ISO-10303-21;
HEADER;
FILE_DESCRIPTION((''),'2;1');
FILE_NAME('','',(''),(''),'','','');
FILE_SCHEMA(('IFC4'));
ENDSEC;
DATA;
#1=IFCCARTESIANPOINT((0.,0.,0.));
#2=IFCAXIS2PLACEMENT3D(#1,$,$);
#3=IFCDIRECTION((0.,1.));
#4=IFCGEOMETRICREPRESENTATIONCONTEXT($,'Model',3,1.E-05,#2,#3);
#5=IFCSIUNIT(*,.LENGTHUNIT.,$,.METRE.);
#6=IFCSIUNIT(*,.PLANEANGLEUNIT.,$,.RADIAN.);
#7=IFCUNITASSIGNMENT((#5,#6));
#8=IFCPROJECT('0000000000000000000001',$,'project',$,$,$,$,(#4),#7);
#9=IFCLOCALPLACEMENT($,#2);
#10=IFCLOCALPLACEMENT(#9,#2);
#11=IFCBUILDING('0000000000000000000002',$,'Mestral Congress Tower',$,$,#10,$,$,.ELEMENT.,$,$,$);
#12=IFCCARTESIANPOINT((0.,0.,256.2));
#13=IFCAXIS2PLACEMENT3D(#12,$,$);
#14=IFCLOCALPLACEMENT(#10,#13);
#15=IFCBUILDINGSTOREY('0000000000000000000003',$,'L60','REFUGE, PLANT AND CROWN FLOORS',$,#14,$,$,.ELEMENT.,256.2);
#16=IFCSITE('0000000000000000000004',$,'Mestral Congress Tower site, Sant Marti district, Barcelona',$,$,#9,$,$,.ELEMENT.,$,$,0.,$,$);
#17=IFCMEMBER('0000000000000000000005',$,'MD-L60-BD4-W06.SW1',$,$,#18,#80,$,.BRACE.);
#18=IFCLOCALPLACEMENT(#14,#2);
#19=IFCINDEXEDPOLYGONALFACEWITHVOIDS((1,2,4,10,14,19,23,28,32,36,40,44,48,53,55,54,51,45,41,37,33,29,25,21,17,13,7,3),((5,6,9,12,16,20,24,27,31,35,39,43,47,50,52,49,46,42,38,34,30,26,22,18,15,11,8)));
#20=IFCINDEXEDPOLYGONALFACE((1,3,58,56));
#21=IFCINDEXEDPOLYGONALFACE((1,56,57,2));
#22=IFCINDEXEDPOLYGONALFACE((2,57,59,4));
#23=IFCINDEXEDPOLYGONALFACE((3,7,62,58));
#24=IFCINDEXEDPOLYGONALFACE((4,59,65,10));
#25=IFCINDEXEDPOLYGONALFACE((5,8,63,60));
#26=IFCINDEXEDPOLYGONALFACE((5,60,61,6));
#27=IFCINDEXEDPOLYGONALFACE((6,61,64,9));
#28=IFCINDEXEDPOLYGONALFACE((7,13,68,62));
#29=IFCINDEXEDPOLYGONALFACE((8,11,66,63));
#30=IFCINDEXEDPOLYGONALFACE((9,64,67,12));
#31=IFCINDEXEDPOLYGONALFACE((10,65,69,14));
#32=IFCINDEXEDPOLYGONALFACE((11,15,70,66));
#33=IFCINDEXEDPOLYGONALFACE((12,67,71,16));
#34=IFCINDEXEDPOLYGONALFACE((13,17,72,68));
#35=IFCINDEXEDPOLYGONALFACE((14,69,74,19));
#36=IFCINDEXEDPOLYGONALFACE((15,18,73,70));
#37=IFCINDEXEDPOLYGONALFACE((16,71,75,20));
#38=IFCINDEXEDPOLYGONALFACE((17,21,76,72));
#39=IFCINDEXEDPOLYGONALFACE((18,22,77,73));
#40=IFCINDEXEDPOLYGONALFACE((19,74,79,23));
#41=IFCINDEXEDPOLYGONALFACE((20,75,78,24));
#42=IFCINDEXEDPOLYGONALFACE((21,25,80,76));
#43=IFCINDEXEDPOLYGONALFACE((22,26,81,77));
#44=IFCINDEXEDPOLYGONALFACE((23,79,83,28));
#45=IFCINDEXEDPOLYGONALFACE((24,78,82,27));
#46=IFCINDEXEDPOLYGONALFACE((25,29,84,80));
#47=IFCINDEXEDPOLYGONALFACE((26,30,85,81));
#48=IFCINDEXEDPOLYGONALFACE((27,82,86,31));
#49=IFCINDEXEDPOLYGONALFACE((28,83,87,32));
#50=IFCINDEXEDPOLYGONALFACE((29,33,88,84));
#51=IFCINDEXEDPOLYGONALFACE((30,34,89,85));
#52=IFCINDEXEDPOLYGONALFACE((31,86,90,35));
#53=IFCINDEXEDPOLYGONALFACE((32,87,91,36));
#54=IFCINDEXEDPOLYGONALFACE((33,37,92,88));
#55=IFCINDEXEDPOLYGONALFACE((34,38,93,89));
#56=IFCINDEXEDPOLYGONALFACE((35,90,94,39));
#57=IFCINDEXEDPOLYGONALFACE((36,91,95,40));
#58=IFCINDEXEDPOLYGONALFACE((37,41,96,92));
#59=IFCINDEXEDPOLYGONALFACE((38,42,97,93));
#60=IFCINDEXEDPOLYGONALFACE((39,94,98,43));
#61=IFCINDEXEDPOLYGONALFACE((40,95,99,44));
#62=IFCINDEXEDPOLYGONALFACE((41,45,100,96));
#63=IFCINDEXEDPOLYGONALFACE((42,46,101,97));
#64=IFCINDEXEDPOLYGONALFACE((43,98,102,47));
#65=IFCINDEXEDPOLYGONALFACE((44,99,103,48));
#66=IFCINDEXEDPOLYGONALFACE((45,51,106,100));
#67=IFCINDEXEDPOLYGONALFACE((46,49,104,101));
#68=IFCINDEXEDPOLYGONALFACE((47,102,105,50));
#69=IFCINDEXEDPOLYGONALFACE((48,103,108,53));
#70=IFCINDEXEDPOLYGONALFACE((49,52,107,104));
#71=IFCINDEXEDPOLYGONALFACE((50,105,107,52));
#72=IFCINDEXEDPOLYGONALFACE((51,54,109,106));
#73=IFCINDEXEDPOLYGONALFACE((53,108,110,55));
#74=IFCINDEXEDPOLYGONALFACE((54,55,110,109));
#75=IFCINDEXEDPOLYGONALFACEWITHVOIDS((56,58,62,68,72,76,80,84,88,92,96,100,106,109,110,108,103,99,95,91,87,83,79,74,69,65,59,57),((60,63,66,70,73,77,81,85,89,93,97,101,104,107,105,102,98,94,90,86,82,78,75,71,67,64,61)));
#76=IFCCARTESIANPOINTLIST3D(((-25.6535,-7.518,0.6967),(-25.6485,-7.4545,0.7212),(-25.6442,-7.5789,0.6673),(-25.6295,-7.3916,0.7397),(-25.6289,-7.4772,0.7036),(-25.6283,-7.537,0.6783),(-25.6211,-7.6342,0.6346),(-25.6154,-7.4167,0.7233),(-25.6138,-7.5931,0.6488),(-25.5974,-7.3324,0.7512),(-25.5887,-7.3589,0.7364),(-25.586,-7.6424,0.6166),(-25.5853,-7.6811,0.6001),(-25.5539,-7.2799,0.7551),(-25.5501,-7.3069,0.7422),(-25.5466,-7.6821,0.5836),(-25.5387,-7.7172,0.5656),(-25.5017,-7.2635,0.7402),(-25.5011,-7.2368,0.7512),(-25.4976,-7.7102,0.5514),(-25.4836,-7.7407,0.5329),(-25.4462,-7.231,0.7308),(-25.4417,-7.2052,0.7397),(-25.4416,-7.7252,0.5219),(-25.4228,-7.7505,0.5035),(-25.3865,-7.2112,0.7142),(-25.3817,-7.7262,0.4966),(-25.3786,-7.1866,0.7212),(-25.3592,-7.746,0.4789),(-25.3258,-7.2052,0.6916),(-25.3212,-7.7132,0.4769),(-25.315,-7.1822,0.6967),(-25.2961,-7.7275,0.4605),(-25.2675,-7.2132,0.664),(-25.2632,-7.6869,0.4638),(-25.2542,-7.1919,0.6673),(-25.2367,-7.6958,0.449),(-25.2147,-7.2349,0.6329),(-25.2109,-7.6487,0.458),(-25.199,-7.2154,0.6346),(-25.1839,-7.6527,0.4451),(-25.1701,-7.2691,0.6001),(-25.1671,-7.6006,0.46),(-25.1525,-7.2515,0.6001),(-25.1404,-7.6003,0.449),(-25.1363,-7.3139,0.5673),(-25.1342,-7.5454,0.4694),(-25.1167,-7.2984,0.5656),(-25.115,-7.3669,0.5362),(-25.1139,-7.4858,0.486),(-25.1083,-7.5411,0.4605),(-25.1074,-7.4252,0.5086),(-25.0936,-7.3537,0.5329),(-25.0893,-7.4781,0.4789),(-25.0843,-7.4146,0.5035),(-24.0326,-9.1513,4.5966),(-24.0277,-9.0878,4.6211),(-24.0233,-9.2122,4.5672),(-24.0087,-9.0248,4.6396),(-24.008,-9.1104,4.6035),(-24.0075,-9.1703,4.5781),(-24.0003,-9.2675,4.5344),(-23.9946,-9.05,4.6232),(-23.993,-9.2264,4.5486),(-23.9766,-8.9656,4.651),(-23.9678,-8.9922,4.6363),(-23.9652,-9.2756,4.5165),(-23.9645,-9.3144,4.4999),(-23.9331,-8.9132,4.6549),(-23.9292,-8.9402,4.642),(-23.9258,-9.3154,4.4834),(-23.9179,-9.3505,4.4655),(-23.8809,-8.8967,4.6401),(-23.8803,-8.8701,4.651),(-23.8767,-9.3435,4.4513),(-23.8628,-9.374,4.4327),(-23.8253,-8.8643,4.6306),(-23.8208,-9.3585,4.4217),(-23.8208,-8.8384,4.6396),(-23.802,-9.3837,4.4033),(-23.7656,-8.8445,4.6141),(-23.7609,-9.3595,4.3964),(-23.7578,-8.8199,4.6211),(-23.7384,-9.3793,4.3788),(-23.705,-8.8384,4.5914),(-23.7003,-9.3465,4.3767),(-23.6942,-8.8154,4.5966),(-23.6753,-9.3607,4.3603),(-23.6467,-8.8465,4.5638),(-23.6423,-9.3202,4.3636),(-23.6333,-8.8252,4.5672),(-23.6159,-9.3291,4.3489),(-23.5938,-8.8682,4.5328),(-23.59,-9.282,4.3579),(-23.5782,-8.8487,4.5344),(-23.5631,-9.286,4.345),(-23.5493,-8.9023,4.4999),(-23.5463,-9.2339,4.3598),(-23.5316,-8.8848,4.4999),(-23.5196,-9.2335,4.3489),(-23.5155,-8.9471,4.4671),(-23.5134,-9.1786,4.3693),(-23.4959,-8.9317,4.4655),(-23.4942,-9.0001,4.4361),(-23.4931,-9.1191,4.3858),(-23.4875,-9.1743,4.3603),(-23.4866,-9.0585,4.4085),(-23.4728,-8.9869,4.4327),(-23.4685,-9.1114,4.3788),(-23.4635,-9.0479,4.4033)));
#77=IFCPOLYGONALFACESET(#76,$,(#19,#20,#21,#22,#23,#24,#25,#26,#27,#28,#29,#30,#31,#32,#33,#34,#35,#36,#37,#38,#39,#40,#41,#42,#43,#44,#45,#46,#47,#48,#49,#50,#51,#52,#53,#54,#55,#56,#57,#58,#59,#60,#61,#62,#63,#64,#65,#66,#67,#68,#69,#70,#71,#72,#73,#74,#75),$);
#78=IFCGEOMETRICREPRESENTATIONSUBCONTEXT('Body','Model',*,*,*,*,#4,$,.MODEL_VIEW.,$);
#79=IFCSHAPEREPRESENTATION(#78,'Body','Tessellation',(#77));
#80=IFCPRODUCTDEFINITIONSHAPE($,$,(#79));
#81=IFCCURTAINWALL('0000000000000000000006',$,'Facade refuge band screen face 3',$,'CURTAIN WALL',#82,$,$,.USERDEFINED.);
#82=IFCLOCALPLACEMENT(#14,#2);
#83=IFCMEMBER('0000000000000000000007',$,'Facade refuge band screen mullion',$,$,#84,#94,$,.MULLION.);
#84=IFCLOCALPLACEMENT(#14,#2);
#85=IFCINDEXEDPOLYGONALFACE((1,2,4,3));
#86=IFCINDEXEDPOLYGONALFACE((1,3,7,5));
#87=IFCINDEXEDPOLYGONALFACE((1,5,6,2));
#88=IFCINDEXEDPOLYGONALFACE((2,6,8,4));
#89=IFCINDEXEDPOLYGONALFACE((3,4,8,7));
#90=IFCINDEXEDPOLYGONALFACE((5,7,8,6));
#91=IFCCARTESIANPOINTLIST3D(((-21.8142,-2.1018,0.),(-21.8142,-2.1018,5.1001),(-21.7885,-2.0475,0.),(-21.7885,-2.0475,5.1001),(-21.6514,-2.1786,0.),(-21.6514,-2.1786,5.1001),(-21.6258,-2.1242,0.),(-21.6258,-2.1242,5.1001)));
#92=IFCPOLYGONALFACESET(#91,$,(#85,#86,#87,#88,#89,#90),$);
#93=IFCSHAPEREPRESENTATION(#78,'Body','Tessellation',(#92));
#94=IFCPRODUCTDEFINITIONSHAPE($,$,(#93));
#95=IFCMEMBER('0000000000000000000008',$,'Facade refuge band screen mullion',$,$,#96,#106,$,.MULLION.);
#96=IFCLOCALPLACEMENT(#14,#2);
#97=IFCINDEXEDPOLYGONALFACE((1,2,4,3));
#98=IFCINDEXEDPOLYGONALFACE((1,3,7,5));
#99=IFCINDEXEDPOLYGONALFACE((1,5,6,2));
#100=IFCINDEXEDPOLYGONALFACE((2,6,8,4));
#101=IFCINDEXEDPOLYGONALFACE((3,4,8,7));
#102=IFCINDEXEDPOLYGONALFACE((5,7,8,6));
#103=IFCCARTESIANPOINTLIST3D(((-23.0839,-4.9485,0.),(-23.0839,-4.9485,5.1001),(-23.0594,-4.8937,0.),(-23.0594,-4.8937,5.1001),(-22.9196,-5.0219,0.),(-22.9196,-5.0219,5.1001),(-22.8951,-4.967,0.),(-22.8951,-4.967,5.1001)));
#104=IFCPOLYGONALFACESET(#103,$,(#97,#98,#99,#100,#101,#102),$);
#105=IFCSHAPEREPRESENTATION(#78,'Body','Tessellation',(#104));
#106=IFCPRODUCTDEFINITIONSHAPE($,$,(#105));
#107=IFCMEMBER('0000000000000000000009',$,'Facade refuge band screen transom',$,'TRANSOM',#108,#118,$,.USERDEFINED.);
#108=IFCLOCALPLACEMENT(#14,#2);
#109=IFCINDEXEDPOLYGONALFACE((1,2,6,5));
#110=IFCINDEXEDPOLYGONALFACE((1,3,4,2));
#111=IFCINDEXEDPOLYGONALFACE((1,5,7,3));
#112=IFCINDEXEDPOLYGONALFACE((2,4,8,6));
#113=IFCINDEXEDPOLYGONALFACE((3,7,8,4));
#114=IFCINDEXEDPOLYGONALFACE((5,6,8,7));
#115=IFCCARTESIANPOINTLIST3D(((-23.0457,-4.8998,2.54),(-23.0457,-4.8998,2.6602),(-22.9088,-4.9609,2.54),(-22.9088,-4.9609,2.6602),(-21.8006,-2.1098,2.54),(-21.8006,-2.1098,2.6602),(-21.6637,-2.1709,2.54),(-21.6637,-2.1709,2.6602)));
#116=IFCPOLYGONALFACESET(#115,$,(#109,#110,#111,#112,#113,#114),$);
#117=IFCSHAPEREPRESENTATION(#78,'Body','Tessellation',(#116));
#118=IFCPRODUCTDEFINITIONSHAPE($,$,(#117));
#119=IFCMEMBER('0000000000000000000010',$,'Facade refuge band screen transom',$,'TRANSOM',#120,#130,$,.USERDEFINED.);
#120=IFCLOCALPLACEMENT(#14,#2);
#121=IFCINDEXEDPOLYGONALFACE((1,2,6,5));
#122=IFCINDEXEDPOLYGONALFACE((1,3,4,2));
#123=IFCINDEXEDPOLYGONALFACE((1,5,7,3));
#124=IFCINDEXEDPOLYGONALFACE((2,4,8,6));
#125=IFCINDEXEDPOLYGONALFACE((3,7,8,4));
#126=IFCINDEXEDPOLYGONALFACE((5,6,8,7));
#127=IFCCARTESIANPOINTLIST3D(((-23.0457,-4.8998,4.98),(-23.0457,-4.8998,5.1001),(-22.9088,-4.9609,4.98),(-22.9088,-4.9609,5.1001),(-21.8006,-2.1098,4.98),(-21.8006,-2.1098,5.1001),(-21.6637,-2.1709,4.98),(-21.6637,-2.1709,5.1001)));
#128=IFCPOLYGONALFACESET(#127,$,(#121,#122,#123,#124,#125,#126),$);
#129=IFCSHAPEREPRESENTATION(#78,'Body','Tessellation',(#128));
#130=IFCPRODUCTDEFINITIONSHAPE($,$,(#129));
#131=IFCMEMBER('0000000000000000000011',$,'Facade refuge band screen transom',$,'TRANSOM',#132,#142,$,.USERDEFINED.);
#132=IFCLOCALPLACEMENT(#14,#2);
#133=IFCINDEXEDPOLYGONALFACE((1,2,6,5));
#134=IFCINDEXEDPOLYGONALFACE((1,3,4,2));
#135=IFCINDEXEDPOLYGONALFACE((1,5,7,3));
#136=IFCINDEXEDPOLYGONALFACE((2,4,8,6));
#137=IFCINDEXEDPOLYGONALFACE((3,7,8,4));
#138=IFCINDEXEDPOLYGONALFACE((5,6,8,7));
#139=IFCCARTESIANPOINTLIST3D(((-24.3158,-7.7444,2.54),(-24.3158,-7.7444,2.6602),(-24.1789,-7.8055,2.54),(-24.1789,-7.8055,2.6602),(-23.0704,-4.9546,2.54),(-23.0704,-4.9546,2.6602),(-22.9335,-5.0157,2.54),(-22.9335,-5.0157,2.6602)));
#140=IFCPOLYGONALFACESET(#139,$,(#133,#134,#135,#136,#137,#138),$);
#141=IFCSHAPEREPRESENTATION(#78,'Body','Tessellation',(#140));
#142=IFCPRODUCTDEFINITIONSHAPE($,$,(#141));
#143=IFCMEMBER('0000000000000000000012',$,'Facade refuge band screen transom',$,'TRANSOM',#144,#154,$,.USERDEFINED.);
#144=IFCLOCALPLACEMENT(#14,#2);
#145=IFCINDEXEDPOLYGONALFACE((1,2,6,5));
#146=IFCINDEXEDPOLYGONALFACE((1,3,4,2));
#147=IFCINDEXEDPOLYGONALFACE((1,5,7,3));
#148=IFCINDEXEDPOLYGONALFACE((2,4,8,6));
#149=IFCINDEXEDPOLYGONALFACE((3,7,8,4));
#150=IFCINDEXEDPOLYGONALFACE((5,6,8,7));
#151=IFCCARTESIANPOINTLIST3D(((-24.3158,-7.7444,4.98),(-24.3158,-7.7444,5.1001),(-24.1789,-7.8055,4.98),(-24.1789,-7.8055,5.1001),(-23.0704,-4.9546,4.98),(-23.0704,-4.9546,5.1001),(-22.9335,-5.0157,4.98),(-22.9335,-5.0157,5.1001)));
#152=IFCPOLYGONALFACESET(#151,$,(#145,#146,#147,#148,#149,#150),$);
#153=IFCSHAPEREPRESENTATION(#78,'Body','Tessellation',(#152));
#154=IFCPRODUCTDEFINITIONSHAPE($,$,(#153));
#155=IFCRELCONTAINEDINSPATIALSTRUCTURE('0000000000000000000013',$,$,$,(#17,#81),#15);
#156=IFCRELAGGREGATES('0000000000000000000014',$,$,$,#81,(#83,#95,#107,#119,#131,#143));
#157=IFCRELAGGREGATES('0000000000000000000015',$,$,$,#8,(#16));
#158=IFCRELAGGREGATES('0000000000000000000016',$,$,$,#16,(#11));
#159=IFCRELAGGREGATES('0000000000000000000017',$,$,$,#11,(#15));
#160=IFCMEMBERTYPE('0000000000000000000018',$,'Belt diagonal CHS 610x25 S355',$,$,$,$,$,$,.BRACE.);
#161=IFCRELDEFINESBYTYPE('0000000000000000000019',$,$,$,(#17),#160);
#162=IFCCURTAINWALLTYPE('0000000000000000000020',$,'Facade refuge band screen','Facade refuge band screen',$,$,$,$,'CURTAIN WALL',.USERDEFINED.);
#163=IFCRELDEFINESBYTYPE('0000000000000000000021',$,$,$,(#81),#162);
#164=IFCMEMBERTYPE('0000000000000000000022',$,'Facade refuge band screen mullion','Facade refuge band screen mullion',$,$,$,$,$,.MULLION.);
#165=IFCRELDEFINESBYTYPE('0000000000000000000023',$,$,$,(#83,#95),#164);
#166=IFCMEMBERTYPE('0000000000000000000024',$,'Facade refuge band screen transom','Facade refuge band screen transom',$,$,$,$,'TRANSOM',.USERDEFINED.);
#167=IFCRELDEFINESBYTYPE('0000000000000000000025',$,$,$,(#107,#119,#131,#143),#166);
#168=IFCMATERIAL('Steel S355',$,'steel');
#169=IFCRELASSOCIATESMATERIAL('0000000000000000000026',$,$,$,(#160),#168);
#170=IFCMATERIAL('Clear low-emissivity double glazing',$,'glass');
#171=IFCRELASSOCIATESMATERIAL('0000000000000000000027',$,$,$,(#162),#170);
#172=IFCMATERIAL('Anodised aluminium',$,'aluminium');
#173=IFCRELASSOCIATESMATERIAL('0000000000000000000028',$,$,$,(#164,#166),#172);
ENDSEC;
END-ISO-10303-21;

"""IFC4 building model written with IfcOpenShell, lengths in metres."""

from ifc_helpers import new_model, si_unit, direction, frame, origin, origin_2d, place, context, subcontext, project, spatial, rectangle, hollow_circle, extrude, material, material_profile, profile_set, type_object, element, aggregate, save


model = new_model("IFC4")

# Units and contexts
model_context = context("Model", 3, precision=1e-05, world=origin(), true_north=direction((0.0, 1.0)))
body_context = subcontext(model_context, "Body", "Model", "MODEL_VIEW")
ifc_project = project(units=[si_unit("LENGTHUNIT", "METRE"), si_unit("PLANEANGLEUNIT", "RADIAN")], contexts=[model_context])

# Site, building, storey
site_placement = place(None, origin())
site = spatial("IfcSite", under=ifc_project, at=site_placement, Name="Mestral Congress Tower site, Sant Marti district, Barcelona", CompositionType="ELEMENT", RefElevation=0.0)
building_placement = place(site_placement, origin())
building = spatial("IfcBuilding", under=site, at=building_placement, Name="Mestral Congress Tower", CompositionType="ELEMENT")
storey_placement = place(building_placement, frame((0.0, 0.0, 256.2)))
storey = spatial("IfcBuildingStorey", under=building, at=storey_placement, Name="L60", Description="REFUGE, PLANT AND CROWN FLOORS", CompositionType="ELEMENT", Elevation=256.2)

# Member
ifc_material_1 = material(Name="Steel S355", Category="steel")
ifc_material_profile_1 = material_profile(ifc_material_1, hollow_circle(Radius=0.3049, WallThickness=0.0249, at=origin_2d()), Name="CHS 610x25")
ifc_profile_set_1 = profile_set([ifc_material_profile_1], Name="Steel S355")
member_type_1 = type_object("IfcMemberType", Name="Belt diagonal CHS 610x25 S355", PredefinedType="BRACE", material=ifc_profile_set_1)
member_1_placement = place(storey_placement, frame((-25.3689, -7.4663, 0.6001), z_axis=(0.35795, -0.3607, 0.861259), x_axis=(0.709807, 0.704396, 0.0)))
element("IfcMember", 1, at=member_1_placement, inside=storey, type_object=member_type_1, Name="MD-L60-BD4-W06.SW1", PredefinedType="BRACE", context=body_context, shape_type="SweptSolid", body=[
    extrude(hollow_circle(Radius=0.3049, WallThickness=0.0249, at=origin_2d()), origin(), (0.0, 0.0, 1.0), 4.5281),
])

# Curtain wall, members
ifc_material_2 = material(Name="Clear low-emissivity double glazing", Category="glass")
curtain_wall_type = type_object("IfcCurtainWallType", Name="Facade refuge band screen", Description="Facade refuge band screen", ElementType="CURTAIN WALL", PredefinedType="USERDEFINED", material=ifc_material_2)
curtain_wall_placement = place(storey_placement, origin())
curtain_wall = element("IfcCurtainWall", 2, at=curtain_wall_placement, inside=storey, type_object=curtain_wall_type, Name="Facade refuge band screen face 3", ObjectType="CURTAIN WALL", PredefinedType="USERDEFINED")
ifc_material_3 = material(Name="Anodised aluminium", Category="aluminium")
ifc_material_profile_2 = material_profile(ifc_material_3, rectangle(XDim=0.1799, YDim=0.0601, at=origin_2d()), Name="CW3 mullion 180 x 60")
ifc_profile_set_2 = profile_set([ifc_material_profile_2], Name="Anodised aluminium")
member_type_2 = type_object("IfcMemberType", Name="Facade refuge band screen mullion", Description="Facade refuge band screen mullion", PredefinedType="MULLION", material=ifc_profile_set_2)
member_2_placement = place(storey_placement, frame((-21.72, -2.113, 0.0), z_axis=(0.0, 0.0, 1.0), x_axis=(-0.904501, 0.426472, 0.0)))
member_2 = element("IfcMember", 3, at=member_2_placement, type_object=member_type_2, Name="Facade refuge band screen mullion", PredefinedType="MULLION", context=body_context, shape_type="SweptSolid", body=[
    extrude(rectangle(XDim=0.1799, YDim=0.0601, at=origin_2d()), origin(), (0.0, 0.0, 1.0), 5.1001),
])
member_3_placement = place(storey_placement, frame((-22.9895, -4.9578, 0.0), z_axis=(0.0, 0.0, 1.0), x_axis=(-0.913155, 0.407612, 0.0)))
member_3 = element("IfcMember", 4, at=member_3_placement, type_object=member_type_2, Name="Facade refuge band screen mullion", PredefinedType="MULLION", context=body_context, shape_type="SweptSolid", body=[
    extrude(rectangle(XDim=0.1799, YDim=0.0601, at=origin_2d()), origin(), (0.0, 0.0, 1.0), 5.1001),
])
ifc_material_profile_3 = material_profile(ifc_material_3, rectangle(XDim=0.1499, YDim=0.1201, at=origin_2d()), Name="CW3 transom 150 x 120")
ifc_profile_set_3 = profile_set([ifc_material_profile_3], Name="Anodised aluminium")
member_type_3 = type_object("IfcMemberType", Name="Facade refuge band screen transom", Description="Facade refuge band screen transom", ElementType="TRANSOM", PredefinedType="USERDEFINED", material=ifc_profile_set_3)
member_4_placement = place(storey_placement, frame((-21.7322, -2.1404, 2.6001), z_axis=(-0.407532, -0.913191, 0.0), x_axis=(0.913191, -0.407532, 0.0)))
member_4 = element("IfcMember", 5, at=member_4_placement, type_object=member_type_3, Name="Facade refuge band screen transom", ObjectType="TRANSOM", PredefinedType="USERDEFINED", context=body_context, shape_type="SweptSolid", body=[
    extrude(rectangle(XDim=0.1499, YDim=0.1201, at=origin_2d()), origin(), (0.0, 0.0, 1.0), 3.0552),
])
member_5_placement = place(storey_placement, frame((-21.7322, -2.1404, 5.04), z_axis=(-0.407532, -0.913191, 0.0), x_axis=(0.913191, -0.407532, 0.0)))
member_5 = element("IfcMember", 6, at=member_5_placement, type_object=member_type_3, Name="Facade refuge band screen transom", ObjectType="TRANSOM", PredefinedType="USERDEFINED", context=body_context, shape_type="SweptSolid", body=[
    extrude(rectangle(XDim=0.1499, YDim=0.1201, at=origin_2d()), origin(), (0.0, 0.0, 1.0), 3.0552),
])
member_6_placement = place(storey_placement, frame((-23.002, -4.9851, 2.6001), z_axis=(-0.407628, -0.913148, 0.0), x_axis=(0.913148, -0.407628, 0.0)))
member_6 = element("IfcMember", 7, at=member_6_placement, type_object=member_type_3, Name="Facade refuge band screen transom", ObjectType="TRANSOM", PredefinedType="USERDEFINED", context=body_context, shape_type="SweptSolid", body=[
    extrude(rectangle(XDim=0.1499, YDim=0.1201, at=origin_2d()), origin(), (0.0, 0.0, 1.0), 3.0552),
])
member_7_placement = place(storey_placement, frame((-23.002, -4.9851, 5.04), z_axis=(-0.407628, -0.913148, 0.0), x_axis=(0.913148, -0.407628, 0.0)))
member_7 = element("IfcMember", 8, at=member_7_placement, type_object=member_type_3, Name="Facade refuge band screen transom", ObjectType="TRANSOM", PredefinedType="USERDEFINED", context=body_context, shape_type="SweptSolid", body=[
    extrude(rectangle(XDim=0.1499, YDim=0.1201, at=origin_2d()), origin(), (0.0, 0.0, 1.0), 3.0552),
])

aggregate(curtain_wall, [member_2, member_3, member_4, member_5, member_6, member_7])

save(model, "model.ifc")
